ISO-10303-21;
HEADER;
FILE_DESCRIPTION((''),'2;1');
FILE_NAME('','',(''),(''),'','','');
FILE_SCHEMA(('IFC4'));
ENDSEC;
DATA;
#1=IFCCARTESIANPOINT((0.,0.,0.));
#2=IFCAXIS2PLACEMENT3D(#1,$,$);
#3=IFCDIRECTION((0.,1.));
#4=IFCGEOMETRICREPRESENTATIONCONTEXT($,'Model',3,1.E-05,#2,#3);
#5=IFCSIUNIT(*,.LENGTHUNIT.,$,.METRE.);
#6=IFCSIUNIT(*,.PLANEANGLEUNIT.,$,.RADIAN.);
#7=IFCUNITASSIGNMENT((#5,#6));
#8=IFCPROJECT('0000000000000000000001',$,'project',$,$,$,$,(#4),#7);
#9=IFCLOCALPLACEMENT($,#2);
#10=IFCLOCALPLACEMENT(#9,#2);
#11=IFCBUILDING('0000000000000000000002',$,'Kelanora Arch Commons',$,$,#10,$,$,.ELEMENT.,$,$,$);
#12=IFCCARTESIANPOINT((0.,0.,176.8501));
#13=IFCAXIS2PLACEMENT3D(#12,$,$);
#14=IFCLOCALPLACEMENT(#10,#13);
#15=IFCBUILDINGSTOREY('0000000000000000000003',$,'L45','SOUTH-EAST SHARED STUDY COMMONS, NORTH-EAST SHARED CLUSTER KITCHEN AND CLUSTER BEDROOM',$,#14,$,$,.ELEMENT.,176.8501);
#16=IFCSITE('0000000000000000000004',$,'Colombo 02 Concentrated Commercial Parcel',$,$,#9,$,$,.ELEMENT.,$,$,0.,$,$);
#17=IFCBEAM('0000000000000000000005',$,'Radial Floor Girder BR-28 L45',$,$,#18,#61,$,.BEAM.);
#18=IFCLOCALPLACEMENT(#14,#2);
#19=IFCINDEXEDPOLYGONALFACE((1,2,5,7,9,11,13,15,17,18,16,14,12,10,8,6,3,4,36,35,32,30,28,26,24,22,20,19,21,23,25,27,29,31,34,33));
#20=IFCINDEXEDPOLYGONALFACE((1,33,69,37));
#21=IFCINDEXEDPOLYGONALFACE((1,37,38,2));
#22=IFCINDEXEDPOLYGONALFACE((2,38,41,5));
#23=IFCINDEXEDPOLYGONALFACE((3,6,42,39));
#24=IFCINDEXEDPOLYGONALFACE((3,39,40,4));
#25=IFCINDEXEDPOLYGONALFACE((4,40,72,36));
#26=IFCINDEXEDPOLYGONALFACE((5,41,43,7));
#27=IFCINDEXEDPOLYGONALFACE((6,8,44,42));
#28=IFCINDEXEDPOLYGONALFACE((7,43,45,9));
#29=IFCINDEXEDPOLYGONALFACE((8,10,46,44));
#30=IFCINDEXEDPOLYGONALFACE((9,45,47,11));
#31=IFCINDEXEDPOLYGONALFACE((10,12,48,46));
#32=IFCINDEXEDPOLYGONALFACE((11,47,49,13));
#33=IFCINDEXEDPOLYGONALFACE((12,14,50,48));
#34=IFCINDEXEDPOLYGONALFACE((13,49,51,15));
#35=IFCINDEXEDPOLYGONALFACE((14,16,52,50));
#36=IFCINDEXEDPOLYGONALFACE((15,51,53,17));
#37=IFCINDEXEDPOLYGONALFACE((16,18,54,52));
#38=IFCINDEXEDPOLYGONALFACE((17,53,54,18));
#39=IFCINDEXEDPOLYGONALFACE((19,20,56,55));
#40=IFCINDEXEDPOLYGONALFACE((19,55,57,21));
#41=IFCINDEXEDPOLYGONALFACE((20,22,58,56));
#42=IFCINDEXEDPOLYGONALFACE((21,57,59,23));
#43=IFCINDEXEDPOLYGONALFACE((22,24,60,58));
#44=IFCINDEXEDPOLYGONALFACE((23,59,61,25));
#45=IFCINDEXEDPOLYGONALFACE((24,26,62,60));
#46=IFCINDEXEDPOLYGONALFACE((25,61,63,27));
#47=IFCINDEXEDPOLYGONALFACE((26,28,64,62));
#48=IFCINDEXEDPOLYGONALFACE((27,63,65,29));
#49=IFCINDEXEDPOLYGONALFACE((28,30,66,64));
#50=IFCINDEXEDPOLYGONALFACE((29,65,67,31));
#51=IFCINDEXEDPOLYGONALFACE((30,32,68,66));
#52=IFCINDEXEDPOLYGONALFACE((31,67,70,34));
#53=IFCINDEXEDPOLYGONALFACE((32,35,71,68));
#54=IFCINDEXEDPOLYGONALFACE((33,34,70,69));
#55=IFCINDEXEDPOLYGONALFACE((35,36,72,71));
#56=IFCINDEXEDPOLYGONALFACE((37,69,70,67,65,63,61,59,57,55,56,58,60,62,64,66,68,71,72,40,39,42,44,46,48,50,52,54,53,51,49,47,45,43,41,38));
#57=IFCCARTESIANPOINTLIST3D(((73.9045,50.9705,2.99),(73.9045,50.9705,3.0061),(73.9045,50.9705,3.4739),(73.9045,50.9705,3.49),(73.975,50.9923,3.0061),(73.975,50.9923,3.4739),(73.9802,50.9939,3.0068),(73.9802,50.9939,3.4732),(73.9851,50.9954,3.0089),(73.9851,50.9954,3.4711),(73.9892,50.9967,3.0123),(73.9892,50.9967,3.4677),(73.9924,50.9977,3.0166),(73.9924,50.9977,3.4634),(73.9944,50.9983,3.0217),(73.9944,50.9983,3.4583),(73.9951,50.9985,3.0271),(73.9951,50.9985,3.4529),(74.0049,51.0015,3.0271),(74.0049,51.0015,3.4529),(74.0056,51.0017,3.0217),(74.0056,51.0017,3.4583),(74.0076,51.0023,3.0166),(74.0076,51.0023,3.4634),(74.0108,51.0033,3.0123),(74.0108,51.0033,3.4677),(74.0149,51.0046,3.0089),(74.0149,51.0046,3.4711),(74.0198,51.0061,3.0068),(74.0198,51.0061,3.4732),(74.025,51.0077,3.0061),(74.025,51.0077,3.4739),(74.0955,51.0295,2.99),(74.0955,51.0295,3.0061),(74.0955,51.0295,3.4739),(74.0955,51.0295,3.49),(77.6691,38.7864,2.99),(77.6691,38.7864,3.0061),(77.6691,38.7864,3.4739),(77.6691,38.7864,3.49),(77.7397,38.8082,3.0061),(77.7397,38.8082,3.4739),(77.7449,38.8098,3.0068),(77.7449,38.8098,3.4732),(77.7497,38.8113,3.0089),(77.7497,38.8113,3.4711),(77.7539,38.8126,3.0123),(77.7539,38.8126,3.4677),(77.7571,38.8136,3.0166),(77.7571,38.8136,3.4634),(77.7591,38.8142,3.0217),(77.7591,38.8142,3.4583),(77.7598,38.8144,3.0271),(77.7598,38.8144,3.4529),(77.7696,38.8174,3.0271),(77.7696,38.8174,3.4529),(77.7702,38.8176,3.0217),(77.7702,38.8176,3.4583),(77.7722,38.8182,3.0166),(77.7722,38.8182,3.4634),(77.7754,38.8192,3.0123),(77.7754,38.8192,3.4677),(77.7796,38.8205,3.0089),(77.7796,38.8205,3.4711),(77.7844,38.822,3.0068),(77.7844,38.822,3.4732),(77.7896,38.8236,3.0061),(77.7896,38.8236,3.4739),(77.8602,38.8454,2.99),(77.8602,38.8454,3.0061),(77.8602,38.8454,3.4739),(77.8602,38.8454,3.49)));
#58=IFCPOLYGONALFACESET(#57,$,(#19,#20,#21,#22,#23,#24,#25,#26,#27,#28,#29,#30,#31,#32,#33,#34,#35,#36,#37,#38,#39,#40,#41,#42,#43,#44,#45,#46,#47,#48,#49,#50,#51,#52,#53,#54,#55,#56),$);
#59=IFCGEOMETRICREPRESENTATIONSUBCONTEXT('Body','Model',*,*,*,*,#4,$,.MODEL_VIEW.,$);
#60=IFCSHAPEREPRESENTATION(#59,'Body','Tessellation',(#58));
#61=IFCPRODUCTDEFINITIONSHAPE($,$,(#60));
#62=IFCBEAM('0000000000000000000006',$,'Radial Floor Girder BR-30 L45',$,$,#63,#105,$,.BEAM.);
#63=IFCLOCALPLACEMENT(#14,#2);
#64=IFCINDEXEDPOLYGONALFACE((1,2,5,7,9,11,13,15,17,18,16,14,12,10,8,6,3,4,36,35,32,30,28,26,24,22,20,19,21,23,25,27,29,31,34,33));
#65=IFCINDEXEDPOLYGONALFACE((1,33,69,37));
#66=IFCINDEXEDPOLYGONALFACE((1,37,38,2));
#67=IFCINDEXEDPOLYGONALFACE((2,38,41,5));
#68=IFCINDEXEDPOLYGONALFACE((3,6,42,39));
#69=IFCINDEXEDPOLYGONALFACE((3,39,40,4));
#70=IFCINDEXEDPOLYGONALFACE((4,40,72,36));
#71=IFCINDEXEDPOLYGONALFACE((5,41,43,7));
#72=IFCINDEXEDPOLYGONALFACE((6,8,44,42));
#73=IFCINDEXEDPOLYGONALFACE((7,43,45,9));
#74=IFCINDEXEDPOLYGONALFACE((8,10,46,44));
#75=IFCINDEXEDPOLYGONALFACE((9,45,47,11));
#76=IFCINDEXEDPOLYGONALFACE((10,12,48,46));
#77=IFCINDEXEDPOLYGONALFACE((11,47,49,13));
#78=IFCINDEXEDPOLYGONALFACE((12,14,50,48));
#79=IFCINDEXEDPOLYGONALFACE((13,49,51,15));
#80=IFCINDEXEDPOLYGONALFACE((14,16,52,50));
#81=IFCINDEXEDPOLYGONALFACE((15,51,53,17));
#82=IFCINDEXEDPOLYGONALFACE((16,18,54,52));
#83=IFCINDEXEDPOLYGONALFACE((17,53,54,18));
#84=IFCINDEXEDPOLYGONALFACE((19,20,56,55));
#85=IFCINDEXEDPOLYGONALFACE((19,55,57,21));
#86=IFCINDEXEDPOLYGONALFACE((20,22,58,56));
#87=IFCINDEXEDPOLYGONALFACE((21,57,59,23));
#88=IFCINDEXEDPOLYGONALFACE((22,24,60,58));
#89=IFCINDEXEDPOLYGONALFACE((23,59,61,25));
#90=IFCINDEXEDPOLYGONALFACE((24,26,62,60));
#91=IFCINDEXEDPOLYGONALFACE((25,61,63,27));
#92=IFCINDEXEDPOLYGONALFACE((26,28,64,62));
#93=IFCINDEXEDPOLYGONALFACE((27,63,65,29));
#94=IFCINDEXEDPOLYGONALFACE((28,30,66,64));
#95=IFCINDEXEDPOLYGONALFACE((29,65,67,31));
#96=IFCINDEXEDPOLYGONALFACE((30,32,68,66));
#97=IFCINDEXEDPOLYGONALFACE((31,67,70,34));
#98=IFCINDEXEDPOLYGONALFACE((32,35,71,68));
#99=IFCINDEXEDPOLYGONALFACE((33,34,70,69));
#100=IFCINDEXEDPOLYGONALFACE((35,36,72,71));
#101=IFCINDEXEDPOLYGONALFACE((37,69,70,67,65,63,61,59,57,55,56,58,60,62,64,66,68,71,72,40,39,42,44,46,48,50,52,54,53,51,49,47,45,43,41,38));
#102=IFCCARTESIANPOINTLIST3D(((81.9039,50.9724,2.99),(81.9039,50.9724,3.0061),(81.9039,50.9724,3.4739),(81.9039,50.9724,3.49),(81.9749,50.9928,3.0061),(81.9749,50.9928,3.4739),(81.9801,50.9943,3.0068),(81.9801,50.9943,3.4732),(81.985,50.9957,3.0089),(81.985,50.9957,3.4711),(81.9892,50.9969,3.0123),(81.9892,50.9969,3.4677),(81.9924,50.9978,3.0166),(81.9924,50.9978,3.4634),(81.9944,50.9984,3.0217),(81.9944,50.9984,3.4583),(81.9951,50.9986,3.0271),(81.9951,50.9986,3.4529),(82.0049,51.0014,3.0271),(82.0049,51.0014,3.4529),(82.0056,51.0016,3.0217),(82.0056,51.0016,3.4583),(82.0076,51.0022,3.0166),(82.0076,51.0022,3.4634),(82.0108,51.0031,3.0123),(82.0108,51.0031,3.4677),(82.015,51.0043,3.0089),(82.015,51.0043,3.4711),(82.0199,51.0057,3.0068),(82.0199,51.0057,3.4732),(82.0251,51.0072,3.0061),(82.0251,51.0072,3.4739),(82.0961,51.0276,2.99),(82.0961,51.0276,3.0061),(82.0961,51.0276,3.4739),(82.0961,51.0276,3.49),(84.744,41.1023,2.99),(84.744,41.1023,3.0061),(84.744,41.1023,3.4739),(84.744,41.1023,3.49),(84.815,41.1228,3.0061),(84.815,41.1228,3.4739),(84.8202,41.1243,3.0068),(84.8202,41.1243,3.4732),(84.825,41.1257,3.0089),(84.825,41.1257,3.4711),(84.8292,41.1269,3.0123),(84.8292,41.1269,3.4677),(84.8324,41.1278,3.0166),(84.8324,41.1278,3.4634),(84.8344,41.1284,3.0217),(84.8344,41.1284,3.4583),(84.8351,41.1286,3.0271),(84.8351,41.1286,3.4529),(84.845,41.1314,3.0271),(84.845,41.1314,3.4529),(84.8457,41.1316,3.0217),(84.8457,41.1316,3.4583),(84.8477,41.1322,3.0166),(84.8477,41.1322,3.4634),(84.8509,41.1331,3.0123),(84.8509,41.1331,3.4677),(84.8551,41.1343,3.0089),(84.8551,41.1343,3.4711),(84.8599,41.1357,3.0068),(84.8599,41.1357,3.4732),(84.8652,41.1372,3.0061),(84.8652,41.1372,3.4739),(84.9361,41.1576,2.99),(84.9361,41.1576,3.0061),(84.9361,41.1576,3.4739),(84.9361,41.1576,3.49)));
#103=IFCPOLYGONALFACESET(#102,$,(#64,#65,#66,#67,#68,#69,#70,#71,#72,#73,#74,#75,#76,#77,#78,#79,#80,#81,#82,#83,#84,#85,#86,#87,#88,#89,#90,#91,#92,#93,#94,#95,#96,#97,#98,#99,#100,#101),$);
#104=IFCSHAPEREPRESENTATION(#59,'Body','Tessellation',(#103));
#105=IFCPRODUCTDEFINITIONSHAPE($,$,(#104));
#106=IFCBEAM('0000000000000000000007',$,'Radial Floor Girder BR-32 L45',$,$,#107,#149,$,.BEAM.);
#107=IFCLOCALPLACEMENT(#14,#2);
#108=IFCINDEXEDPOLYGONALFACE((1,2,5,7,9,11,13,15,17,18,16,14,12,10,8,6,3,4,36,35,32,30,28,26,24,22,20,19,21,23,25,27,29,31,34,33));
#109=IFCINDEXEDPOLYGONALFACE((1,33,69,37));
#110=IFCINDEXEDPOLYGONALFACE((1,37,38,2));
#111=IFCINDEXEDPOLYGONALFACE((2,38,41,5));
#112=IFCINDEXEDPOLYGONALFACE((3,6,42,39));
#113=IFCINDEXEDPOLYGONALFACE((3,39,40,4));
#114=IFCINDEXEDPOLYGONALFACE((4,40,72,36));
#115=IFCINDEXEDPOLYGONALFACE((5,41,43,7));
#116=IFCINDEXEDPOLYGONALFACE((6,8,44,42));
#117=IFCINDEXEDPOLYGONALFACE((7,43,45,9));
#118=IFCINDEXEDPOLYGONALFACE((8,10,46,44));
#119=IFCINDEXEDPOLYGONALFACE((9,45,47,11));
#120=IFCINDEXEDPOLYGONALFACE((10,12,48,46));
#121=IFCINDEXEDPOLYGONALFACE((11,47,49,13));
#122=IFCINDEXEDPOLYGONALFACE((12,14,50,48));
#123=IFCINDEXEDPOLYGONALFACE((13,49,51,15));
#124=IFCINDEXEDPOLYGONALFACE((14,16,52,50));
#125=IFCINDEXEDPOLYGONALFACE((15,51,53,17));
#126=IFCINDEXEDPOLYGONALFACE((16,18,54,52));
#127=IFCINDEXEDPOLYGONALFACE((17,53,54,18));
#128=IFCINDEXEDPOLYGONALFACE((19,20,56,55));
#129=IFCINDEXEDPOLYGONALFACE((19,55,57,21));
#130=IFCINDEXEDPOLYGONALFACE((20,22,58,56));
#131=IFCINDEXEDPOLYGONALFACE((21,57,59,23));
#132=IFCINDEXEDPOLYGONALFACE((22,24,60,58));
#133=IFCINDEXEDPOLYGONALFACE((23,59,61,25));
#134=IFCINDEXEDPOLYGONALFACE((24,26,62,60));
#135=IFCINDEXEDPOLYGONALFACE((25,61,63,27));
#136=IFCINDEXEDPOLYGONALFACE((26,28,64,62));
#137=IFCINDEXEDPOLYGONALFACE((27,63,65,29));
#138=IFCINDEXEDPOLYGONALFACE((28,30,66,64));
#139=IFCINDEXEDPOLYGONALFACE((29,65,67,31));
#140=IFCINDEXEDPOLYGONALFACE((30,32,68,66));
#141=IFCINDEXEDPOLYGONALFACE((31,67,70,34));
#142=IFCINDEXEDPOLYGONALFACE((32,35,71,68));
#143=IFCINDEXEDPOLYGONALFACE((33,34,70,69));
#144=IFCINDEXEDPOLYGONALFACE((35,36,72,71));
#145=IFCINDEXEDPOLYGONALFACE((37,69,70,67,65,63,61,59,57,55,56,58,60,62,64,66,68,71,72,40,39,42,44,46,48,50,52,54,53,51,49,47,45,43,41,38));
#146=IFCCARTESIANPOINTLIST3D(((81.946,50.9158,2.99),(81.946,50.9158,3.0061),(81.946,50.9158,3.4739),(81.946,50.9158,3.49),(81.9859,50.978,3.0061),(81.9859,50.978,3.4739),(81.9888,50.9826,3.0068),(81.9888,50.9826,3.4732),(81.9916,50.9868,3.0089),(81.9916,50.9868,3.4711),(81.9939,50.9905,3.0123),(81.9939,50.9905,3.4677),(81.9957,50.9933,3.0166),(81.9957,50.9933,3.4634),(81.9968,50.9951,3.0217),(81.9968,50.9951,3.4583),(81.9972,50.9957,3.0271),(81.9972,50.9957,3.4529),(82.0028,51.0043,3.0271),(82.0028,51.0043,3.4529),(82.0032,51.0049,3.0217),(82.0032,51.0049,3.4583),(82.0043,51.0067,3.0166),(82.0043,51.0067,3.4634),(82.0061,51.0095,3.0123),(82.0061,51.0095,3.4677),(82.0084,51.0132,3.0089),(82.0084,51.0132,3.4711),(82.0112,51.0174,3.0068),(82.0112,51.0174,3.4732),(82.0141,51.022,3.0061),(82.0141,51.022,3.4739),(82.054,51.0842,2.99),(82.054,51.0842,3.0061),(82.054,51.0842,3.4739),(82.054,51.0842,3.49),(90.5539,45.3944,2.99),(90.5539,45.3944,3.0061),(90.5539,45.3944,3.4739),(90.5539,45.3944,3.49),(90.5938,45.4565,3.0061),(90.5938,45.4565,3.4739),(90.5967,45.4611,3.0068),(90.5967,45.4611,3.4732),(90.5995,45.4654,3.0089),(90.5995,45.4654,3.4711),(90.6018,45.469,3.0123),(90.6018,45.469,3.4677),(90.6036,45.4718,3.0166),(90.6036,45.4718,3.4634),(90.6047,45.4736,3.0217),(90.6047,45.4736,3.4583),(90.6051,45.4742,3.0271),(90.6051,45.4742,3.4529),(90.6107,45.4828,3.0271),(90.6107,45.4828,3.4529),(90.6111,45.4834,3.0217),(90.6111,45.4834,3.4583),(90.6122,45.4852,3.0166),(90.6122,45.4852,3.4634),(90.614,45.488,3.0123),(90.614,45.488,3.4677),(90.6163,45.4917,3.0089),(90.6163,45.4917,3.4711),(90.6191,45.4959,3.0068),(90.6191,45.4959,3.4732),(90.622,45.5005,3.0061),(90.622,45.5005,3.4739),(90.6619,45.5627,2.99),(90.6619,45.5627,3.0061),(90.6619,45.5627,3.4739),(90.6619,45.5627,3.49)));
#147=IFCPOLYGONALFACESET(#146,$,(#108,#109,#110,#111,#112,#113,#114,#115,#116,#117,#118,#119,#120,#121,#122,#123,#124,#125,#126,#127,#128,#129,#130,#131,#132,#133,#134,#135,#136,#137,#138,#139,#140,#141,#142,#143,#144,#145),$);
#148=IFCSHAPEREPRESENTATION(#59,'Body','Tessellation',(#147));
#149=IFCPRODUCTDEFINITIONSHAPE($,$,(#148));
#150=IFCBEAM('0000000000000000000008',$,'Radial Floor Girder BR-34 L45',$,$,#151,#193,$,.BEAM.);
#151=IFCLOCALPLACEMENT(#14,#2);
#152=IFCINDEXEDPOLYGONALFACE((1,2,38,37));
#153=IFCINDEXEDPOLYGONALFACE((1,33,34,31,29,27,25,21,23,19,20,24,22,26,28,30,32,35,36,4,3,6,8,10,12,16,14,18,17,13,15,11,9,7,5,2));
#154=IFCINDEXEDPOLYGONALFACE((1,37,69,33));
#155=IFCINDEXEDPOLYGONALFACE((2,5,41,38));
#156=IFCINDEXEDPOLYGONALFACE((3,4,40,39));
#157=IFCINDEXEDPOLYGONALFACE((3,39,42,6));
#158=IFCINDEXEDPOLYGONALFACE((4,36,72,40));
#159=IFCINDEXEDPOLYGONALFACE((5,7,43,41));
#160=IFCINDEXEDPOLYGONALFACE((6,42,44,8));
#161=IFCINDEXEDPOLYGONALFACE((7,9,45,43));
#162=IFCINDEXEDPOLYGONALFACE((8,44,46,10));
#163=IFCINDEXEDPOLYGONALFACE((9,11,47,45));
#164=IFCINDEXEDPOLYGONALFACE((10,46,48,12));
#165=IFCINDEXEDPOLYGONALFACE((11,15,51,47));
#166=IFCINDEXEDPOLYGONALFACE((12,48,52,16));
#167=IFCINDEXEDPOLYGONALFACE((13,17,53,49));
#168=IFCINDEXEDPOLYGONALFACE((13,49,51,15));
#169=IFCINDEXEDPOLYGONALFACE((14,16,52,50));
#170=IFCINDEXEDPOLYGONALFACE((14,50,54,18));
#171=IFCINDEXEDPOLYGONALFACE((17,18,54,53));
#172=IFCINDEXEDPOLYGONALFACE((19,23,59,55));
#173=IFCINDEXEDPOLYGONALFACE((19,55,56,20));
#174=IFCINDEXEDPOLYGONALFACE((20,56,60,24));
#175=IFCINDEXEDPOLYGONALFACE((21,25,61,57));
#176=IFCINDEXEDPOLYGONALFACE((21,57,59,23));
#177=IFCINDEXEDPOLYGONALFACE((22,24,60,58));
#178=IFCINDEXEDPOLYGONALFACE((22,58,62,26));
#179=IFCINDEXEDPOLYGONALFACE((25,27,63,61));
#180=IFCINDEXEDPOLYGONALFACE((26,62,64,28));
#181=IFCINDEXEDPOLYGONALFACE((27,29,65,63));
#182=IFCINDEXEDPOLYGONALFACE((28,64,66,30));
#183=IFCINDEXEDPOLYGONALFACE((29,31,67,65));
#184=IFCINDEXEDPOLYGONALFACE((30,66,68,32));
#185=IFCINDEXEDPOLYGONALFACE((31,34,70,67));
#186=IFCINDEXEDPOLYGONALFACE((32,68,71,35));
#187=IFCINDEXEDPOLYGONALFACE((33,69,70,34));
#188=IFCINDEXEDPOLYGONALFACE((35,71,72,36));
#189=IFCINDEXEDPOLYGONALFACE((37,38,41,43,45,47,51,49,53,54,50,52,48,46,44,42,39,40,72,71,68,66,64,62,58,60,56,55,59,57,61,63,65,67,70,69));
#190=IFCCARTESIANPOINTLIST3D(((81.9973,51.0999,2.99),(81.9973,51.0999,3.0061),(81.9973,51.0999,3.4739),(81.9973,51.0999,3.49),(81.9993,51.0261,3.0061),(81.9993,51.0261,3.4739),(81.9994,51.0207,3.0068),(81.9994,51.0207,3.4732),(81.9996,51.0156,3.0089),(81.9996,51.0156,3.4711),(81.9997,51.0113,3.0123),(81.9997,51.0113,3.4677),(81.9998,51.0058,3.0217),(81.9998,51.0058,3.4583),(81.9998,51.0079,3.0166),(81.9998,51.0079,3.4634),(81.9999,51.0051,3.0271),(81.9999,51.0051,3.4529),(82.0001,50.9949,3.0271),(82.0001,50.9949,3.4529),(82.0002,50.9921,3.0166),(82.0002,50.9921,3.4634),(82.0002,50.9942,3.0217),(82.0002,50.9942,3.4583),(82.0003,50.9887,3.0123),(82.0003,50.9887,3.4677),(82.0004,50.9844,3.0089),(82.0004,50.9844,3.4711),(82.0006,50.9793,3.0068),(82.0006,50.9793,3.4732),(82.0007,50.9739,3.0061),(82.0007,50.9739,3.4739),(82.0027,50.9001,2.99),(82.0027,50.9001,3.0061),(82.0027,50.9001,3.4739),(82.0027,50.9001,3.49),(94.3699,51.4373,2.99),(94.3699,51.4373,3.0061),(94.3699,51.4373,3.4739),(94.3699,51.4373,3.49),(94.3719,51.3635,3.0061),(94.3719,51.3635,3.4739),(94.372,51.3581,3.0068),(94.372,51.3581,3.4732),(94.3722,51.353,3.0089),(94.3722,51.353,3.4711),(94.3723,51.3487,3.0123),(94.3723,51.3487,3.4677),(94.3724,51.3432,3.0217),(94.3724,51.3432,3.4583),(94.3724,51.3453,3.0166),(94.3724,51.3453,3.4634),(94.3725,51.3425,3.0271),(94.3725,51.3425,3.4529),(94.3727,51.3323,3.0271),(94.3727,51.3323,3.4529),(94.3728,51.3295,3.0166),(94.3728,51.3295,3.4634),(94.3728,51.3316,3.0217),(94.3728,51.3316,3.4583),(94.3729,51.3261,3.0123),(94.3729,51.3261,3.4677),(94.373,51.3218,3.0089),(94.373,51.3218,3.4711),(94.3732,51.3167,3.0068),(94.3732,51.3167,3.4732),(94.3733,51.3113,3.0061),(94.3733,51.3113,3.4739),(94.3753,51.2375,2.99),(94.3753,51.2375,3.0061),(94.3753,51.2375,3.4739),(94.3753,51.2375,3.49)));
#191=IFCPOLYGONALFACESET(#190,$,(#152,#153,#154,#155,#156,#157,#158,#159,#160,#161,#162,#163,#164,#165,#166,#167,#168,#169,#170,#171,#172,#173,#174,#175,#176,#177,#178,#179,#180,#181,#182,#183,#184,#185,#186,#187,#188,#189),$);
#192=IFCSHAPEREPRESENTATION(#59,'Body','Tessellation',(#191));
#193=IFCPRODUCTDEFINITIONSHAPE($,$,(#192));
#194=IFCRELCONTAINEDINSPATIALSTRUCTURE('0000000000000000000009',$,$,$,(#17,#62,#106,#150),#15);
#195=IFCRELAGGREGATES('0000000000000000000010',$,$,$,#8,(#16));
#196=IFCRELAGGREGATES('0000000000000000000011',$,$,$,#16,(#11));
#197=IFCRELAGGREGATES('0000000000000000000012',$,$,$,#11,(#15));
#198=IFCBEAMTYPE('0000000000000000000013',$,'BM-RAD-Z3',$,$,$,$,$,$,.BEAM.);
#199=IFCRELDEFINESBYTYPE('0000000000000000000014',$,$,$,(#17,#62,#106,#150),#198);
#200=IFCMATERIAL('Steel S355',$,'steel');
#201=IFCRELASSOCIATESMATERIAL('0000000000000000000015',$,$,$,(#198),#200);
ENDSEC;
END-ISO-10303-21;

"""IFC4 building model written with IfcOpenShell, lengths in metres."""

from ifc_helpers import new_model, si_unit, direction, frame, origin, origin_2d, place, context, subcontext, project, spatial, i_section, extrude, material, material_profile, profile_set, type_object, element, save


model = new_model("IFC4")

# Units and contexts
model_context = context("Model", 3, precision=1e-05, world=origin(), true_north=direction((0.0, 1.0)))
body_context = subcontext(model_context, "Body", "Model", "MODEL_VIEW")
ifc_project = project(units=[si_unit("LENGTHUNIT", "METRE"), si_unit("PLANEANGLEUNIT", "RADIAN")], contexts=[model_context])

# Site, building, storey
site_placement = place(None, origin())
site = spatial("IfcSite", under=ifc_project, at=site_placement, Name="Colombo 02 Concentrated Commercial Parcel", CompositionType="ELEMENT", RefElevation=0.0)
building_placement = place(site_placement, origin())
building = spatial("IfcBuilding", under=site, at=building_placement, Name="Kelanora Arch Commons", CompositionType="ELEMENT")
storey_placement = place(building_placement, frame((0.0, 0.0, 176.8501)))
storey = spatial("IfcBuildingStorey", under=building, at=storey_placement, Name="L45", Description="SOUTH-EAST SHARED STUDY COMMONS, NORTH-EAST SHARED CLUSTER KITCHEN AND CLUSTER BEDROOM", CompositionType="ELEMENT", Elevation=176.8501)

# Beams
ifc_material_1 = material(Name="Steel S355", Category="steel")
ifc_material_profile_1 = material_profile(ifc_material_1, i_section(OverallWidth=0.2, OverallDepth=0.5, WebThickness=0.0103, FlangeThickness=0.0161, FilletRadius=0.021, at=origin_2d()), Name="IPE500")
ifc_profile_set_1 = profile_set([ifc_material_profile_1], Name="Steel S355")
beam_type_1 = type_object("IfcBeamType", Name="BM-RAD-Z3", PredefinedType="BEAM", material=ifc_profile_set_1)
for number, where, z_axis, x_axis, name in (
    (1, (74.0, 51.0, 3.24), (0.29521, -0.955432, 0.0), (0.955432, 0.29521, 0.0), "Radial Floor Girder BR-28 L45"),
):
    element("IfcBeam", number, at=place(storey_placement, frame(where, z_axis=z_axis, x_axis=x_axis)), inside=storey, type_object=beam_type_1, Name=name, PredefinedType="BEAM", context=body_context, shape_type="SweptSolid", body=[
        extrude(i_section(OverallWidth=0.2, OverallDepth=0.5, WebThickness=0.0103, FlangeThickness=0.0161, FilletRadius=0.021, at=origin_2d()), origin(), (0.0, 0.0, 1.0), 12.7524),
    ])
beam_1_placement = place(storey_placement, frame((82.0, 51.0, 3.24), z_axis=(0.276526, -0.961006, 0.0), x_axis=(0.961006, 0.276526, 0.0)))
element("IfcBeam", 2, at=beam_1_placement, inside=storey, type_object=beam_type_1, Name="Radial Floor Girder BR-30 L45", PredefinedType="BEAM", context=body_context, shape_type="SweptSolid", body=[
    extrude(i_section(OverallWidth=0.2, OverallDepth=0.5, WebThickness=0.0103, FlangeThickness=0.0161, FilletRadius=0.021, at=origin_2d()), origin(), (0.0, 0.0, 1.0), 10.2705),
])
beam_2_placement = place(storey_placement, frame((82.0, 51.0, 3.24), z_axis=(0.841719, -0.539915, 0.0), x_axis=(0.539915, 0.841719, 0.0)))
element("IfcBeam", 3, at=beam_2_placement, inside=storey, type_object=beam_type_1, Name="Radial Floor Girder BR-32 L45", PredefinedType="BEAM", context=body_context, shape_type="SweptSolid", body=[
    extrude(i_section(OverallWidth=0.2, OverallDepth=0.5, WebThickness=0.0103, FlangeThickness=0.0161, FilletRadius=0.021, at=origin_2d()), origin(), (0.0, 0.0, 1.0), 10.2266),
])
beam_3_placement = place(storey_placement, frame((82.0, 51.0, 3.24), z_axis=(0.999628, 0.02726, 0.0), x_axis=(-0.02726, 0.999628, 0.0)))
element("IfcBeam", 4, at=beam_3_placement, inside=storey, type_object=beam_type_1, Name="Radial Floor Girder BR-34 L45", PredefinedType="BEAM", context=body_context, shape_type="SweptSolid", body=[
    extrude(i_section(OverallWidth=0.2, OverallDepth=0.5, WebThickness=0.0103, FlangeThickness=0.0161, FilletRadius=0.021, at=origin_2d()), origin(), (0.0, 0.0, 1.0), 12.3772),
])

save(model, "model.ifc")
